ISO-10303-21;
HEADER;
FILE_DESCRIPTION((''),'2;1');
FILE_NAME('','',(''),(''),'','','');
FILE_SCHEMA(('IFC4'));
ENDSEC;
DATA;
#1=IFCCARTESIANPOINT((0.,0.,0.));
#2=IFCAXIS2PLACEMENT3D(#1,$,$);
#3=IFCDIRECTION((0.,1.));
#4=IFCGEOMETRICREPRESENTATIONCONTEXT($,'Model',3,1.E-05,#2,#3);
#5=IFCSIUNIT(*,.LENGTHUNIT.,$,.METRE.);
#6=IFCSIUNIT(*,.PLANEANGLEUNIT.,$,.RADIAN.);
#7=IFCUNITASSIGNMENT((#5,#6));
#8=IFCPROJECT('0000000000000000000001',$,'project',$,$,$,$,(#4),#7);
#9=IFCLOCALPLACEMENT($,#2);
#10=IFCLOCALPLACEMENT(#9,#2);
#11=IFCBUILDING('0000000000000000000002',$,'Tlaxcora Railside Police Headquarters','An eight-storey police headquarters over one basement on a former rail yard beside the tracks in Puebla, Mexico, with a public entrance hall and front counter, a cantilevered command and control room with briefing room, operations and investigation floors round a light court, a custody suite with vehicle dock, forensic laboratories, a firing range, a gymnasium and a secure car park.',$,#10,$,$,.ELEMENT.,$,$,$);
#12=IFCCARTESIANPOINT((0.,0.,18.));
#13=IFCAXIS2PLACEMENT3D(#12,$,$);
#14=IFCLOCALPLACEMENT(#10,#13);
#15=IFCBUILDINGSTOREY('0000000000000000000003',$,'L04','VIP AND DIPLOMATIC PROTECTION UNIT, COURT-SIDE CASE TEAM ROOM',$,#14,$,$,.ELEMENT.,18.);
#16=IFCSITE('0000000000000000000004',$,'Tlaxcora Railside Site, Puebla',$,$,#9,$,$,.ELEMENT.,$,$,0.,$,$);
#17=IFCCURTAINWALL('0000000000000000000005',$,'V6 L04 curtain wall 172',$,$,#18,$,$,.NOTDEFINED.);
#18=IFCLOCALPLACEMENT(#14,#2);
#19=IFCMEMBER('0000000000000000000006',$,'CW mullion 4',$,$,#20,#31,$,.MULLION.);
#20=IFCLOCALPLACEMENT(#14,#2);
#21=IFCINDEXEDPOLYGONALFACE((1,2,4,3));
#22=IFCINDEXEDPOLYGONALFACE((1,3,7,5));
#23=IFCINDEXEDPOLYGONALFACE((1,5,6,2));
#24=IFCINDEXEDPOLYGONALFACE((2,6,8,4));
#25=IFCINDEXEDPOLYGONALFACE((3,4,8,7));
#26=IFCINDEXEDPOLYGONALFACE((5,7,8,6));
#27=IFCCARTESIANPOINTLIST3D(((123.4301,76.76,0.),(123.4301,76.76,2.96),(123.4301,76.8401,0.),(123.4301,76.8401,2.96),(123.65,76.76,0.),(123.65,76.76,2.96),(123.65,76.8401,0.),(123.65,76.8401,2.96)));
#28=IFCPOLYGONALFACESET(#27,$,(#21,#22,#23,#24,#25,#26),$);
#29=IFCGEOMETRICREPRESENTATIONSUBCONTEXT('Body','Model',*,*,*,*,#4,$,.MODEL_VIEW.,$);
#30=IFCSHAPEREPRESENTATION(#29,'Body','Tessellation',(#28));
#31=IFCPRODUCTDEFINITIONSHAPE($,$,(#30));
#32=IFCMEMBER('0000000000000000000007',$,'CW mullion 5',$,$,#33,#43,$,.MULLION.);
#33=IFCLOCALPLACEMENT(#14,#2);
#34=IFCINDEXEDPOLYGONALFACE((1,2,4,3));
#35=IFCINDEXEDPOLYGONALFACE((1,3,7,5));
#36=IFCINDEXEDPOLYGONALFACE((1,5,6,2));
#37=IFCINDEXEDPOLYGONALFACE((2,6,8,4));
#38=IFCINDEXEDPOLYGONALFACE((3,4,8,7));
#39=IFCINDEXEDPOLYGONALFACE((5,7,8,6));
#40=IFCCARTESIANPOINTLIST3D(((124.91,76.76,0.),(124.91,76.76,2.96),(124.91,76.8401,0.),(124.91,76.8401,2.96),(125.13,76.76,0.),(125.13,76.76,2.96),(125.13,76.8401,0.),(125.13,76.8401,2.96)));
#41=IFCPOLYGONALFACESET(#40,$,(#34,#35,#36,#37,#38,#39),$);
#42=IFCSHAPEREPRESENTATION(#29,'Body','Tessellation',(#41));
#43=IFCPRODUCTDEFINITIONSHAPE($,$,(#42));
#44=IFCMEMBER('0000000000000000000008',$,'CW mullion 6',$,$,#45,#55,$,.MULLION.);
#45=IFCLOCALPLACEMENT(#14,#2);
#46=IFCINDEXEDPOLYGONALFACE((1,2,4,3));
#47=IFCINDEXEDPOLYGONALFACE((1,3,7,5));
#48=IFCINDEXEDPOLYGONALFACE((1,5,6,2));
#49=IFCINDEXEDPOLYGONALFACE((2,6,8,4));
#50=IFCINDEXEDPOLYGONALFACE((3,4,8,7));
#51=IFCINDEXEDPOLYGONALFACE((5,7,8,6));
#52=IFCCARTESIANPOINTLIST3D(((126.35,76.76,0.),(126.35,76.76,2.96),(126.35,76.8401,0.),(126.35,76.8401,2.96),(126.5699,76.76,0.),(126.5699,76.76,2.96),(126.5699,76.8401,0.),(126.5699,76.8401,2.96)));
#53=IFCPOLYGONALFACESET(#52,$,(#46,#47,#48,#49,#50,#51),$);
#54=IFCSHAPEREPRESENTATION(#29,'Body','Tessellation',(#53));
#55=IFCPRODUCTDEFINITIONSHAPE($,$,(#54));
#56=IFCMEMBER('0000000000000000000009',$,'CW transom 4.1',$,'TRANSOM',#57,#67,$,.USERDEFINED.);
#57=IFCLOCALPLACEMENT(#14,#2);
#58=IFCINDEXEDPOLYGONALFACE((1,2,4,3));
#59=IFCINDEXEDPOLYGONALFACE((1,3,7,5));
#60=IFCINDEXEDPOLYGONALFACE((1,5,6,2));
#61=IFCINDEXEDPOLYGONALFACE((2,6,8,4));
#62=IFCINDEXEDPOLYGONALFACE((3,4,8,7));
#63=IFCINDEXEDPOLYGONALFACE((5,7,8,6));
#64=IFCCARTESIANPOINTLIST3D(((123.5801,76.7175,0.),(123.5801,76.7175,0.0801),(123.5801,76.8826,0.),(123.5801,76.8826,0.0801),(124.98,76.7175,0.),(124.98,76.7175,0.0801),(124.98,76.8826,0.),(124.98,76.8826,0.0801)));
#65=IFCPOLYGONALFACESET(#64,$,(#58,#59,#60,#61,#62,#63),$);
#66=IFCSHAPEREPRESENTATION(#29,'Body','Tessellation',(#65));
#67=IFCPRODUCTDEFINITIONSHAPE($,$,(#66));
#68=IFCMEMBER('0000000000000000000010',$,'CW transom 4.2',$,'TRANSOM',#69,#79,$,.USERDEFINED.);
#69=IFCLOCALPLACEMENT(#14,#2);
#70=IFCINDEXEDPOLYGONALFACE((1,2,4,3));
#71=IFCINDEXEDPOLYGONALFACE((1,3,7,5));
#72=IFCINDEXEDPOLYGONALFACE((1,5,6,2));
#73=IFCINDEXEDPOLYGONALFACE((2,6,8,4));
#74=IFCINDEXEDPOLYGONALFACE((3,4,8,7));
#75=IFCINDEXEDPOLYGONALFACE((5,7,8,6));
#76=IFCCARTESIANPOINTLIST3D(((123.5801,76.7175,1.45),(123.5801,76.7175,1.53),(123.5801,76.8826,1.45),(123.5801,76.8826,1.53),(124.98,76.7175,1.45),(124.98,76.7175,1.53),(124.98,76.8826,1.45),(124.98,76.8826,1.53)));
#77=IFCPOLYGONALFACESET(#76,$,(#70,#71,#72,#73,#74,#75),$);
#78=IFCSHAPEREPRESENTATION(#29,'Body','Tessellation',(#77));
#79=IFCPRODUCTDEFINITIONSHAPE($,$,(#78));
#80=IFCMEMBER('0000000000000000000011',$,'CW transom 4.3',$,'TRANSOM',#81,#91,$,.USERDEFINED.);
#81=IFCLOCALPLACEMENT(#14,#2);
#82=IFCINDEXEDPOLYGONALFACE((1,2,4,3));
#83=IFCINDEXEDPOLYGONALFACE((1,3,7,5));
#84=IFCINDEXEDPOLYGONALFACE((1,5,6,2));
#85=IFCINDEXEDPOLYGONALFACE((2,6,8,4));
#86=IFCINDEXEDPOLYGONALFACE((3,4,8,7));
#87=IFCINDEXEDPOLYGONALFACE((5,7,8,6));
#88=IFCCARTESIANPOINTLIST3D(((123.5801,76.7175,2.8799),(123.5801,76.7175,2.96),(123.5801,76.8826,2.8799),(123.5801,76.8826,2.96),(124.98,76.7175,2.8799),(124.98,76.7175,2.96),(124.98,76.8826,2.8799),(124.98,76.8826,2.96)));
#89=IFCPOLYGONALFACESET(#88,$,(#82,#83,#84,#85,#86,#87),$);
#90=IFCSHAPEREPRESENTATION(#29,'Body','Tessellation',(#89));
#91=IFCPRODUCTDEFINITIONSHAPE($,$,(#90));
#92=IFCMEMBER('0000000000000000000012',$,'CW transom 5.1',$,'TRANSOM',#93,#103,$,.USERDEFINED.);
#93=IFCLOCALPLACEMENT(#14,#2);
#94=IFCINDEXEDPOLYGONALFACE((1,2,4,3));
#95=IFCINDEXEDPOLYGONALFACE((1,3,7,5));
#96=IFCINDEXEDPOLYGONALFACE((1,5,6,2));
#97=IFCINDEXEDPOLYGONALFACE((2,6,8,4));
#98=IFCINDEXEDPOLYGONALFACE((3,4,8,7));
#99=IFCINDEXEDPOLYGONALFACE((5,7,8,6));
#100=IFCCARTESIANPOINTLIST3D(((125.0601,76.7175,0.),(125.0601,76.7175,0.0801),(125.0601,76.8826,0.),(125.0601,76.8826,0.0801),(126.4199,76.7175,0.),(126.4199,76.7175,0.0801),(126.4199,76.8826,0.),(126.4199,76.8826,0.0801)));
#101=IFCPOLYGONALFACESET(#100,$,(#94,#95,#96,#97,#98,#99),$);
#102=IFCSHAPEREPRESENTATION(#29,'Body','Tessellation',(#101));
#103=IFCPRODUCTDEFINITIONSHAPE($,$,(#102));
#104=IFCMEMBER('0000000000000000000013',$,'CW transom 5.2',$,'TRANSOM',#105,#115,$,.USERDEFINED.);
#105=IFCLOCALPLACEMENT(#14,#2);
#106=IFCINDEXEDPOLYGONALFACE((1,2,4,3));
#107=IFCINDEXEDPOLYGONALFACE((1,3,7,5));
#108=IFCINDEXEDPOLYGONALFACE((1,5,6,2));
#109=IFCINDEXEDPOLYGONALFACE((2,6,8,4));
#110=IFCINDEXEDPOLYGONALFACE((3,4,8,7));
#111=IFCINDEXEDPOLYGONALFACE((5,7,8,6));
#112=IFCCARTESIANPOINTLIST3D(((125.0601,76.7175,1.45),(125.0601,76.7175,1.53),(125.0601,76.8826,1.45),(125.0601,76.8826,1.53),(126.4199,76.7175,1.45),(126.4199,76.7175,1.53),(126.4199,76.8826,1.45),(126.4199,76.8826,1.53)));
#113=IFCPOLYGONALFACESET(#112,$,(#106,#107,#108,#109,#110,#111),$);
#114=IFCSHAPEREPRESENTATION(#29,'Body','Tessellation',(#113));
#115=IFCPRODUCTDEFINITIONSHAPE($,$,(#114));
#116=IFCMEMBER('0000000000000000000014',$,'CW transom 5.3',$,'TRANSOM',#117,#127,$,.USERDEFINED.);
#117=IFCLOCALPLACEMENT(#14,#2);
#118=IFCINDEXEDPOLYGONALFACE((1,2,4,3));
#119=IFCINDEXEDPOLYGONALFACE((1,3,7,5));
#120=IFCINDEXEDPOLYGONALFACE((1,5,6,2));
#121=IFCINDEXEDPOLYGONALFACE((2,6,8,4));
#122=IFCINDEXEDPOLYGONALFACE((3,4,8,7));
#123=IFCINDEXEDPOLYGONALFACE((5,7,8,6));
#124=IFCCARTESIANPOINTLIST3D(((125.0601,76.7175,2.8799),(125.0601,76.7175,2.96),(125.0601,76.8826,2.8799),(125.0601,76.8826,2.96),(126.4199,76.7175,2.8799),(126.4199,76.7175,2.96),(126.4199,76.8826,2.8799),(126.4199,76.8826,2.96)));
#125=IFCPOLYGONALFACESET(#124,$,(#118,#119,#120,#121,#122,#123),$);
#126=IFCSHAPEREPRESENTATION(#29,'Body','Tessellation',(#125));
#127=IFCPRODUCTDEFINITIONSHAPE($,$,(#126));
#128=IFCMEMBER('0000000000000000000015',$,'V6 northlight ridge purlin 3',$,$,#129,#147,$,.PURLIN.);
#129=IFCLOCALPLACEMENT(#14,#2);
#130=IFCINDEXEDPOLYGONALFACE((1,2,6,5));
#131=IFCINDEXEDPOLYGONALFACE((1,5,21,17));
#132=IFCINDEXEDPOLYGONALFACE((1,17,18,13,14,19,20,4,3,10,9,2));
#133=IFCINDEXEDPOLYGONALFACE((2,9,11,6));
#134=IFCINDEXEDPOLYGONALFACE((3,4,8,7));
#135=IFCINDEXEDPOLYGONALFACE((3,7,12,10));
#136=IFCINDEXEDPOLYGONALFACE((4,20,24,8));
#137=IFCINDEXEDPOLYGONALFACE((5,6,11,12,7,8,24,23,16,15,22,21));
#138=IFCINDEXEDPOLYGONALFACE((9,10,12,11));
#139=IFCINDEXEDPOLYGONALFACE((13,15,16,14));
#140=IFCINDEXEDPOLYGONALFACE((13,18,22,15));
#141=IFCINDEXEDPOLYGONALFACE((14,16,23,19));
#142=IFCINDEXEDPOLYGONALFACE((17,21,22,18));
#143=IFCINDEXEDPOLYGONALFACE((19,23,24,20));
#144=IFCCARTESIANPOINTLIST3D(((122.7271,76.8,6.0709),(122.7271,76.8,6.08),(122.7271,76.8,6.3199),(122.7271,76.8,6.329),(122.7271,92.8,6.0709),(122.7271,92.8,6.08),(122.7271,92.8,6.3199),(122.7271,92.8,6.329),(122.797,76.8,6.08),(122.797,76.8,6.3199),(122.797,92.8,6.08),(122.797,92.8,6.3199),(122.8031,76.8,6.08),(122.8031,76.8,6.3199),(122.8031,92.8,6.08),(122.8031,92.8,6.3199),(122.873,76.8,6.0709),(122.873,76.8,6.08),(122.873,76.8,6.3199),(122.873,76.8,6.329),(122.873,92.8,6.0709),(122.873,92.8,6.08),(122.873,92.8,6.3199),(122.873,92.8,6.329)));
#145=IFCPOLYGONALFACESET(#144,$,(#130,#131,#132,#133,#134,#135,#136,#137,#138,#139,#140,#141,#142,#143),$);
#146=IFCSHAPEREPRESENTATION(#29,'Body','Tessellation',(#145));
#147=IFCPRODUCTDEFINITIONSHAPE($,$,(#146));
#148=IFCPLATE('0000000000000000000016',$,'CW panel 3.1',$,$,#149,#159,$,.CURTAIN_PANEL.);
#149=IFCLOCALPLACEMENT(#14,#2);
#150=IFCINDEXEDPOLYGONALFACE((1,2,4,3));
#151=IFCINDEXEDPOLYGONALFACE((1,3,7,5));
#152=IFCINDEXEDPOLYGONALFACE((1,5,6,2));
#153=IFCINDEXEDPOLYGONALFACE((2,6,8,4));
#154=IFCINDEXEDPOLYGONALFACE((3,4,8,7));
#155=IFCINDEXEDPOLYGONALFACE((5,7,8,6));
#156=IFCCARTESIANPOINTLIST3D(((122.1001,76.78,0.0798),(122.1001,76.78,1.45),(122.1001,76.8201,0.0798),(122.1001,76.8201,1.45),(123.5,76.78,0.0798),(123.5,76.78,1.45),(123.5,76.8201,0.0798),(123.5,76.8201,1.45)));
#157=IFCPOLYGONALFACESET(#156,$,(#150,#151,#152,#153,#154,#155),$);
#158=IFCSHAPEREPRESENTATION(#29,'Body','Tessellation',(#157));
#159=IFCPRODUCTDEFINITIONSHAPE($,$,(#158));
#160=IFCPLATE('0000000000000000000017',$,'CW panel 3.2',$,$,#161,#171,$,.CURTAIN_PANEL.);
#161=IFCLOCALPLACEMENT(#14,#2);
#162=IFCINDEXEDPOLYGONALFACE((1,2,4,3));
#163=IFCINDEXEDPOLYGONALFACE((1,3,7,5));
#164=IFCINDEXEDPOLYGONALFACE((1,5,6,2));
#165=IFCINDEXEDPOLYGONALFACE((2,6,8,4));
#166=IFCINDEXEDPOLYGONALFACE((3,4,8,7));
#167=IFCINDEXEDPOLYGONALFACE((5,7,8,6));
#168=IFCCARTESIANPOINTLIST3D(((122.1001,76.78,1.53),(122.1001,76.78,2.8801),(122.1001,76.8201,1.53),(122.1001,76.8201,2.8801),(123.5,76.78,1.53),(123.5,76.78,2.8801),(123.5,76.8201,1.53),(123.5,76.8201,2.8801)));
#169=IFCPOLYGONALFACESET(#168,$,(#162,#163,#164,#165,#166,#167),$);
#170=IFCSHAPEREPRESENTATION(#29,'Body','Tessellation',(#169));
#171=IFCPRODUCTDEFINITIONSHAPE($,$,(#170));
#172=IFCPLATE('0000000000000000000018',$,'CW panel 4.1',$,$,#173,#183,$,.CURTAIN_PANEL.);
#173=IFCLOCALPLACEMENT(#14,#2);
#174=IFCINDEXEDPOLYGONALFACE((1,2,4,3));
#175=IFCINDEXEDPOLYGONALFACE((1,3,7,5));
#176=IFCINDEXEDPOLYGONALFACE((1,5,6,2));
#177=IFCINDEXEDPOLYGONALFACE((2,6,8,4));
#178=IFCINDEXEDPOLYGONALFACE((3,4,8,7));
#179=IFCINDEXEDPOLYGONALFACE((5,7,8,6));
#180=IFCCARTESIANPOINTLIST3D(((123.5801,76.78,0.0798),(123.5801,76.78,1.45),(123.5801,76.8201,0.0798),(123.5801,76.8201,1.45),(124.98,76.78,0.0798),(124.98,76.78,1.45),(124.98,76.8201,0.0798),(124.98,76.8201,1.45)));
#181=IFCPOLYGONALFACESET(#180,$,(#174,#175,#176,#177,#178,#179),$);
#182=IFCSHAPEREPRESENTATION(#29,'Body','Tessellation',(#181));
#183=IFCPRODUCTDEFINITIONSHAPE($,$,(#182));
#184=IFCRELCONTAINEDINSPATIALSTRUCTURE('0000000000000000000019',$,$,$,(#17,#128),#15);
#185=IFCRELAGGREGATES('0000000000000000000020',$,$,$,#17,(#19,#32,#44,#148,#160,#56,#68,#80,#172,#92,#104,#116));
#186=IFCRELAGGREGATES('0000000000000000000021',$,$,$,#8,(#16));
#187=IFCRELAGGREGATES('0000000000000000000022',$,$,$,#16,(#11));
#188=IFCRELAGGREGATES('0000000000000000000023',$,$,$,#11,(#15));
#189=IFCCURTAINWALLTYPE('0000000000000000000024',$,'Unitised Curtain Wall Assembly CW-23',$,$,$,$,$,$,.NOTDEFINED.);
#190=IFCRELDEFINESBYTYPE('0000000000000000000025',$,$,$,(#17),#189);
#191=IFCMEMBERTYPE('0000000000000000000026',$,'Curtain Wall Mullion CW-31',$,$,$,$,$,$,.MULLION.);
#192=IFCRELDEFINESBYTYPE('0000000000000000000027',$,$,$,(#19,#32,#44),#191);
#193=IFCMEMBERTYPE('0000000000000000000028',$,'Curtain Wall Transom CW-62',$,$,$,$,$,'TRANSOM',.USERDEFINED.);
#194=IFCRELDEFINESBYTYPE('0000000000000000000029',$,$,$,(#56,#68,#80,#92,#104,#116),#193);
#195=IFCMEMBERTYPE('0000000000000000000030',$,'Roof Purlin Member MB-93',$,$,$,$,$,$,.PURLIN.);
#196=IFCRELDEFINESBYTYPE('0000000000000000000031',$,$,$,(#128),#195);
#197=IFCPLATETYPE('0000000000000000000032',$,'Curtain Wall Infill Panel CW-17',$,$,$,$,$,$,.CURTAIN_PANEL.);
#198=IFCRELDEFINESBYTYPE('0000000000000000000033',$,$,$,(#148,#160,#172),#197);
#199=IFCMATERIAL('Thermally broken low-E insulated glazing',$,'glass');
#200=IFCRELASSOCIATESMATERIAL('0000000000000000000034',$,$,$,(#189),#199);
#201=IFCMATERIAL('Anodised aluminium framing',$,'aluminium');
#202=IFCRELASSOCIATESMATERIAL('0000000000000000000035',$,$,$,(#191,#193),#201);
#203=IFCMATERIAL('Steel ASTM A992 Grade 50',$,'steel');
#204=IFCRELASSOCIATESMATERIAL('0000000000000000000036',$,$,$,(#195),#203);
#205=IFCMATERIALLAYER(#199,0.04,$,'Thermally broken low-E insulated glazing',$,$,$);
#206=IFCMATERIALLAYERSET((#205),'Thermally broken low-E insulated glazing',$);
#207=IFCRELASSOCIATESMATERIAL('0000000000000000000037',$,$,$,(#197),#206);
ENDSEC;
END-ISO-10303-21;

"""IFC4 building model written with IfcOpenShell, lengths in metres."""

from ifc_helpers import new_model, si_unit, direction, frame, origin, origin_2d, place, context, subcontext, project, spatial, rectangle, i_section, extrude, material, layer, layer_set, material_profile, profile_set, type_object, element, aggregate, save


model = new_model("IFC4")

# Units and contexts
model_context = context("Model", 3, precision=1e-05, world=origin(), true_north=direction((0.0, 1.0)))
body_context = subcontext(model_context, "Body", "Model", "MODEL_VIEW")
ifc_project = project(units=[si_unit("LENGTHUNIT", "METRE"), si_unit("PLANEANGLEUNIT", "RADIAN")], contexts=[model_context])

# Site, building, storey
site_placement = place(None, origin())
site = spatial("IfcSite", under=ifc_project, at=site_placement, Name="Tlaxcora Railside Site, Puebla", CompositionType="ELEMENT", RefElevation=0.0)
building_placement = place(site_placement, origin())
building = spatial("IfcBuilding", under=site, at=building_placement, Name="Tlaxcora Railside Police Headquarters", Description="An eight-storey police headquarters over one basement on a former rail yard beside the tracks in Puebla, Mexico, with a public entrance hall and front counter, a cantilevered command and control room with briefing room, operations and investigation floors round a light court, a custody suite with vehicle dock, forensic laboratories, a firing range, a gymnasium and a secure car park.", CompositionType="ELEMENT")
storey_placement = place(building_placement, frame((0.0, 0.0, 18.0)))
storey = spatial("IfcBuildingStorey", under=building, at=storey_placement, Name="L04", Description="VIP AND DIPLOMATIC PROTECTION UNIT, COURT-SIDE CASE TEAM ROOM", CompositionType="ELEMENT", Elevation=18.0)

# Curtain wall, members
ifc_material_1 = material(Name="Thermally broken low-E insulated glazing", Category="glass")
curtain_wall_type = type_object("IfcCurtainWallType", Name="Unitised Curtain Wall Assembly CW-23", PredefinedType="NOTDEFINED", material=ifc_material_1)
curtain_wall_placement = place(storey_placement, origin())
curtain_wall = element("IfcCurtainWall", 1, at=curtain_wall_placement, inside=storey, type_object=curtain_wall_type, Name="V6 L04 curtain wall 172", PredefinedType="NOTDEFINED")
ifc_material_2 = material(Name="Anodised aluminium framing", Category="aluminium")
ifc_material_profile_1 = material_profile(ifc_material_2, rectangle(XDim=0.0801, YDim=0.22, at=origin_2d()), Name="AL80X220")
ifc_profile_set_1 = profile_set([ifc_material_profile_1], Name="Anodised aluminium framing")
member_type_1 = type_object("IfcMemberType", Name="Curtain Wall Mullion CW-31", PredefinedType="MULLION", material=ifc_profile_set_1)
member_1_placement = place(storey_placement, frame((123.54, 76.8, 0.0), z_axis=(0.0, 0.0, 1.0), x_axis=(0.0, 1.0, 0.0)))
member_1 = element("IfcMember", 2, at=member_1_placement, type_object=member_type_1, Name="CW mullion 4", PredefinedType="MULLION", context=body_context, shape_type="SweptSolid", body=[
    extrude(rectangle(XDim=0.0801, YDim=0.22, at=origin_2d()), origin(), (0.0, 0.0, 1.0), 2.96),
])
member_2_placement = place(storey_placement, frame((125.02, 76.8, 0.0), z_axis=(0.0, 0.0, 1.0), x_axis=(0.0, 1.0, 0.0)))
member_2 = element("IfcMember", 3, at=member_2_placement, type_object=member_type_1, Name="CW mullion 5", PredefinedType="MULLION", context=body_context, shape_type="SweptSolid", body=[
    extrude(rectangle(XDim=0.0801, YDim=0.22, at=origin_2d()), origin(), (0.0, 0.0, 1.0), 2.96),
])
member_3_placement = place(storey_placement, frame((126.46, 76.8, 0.0), z_axis=(0.0, 0.0, 1.0), x_axis=(0.0, 1.0, 0.0)))
member_3 = element("IfcMember", 4, at=member_3_placement, type_object=member_type_1, Name="CW mullion 6", PredefinedType="MULLION", context=body_context, shape_type="SweptSolid", body=[
    extrude(rectangle(XDim=0.0801, YDim=0.22, at=origin_2d()), origin(), (0.0, 0.0, 1.0), 2.96),
])
ifc_material_profile_2 = material_profile(ifc_material_2, rectangle(XDim=0.165, YDim=0.0801, at=origin_2d()), Name="AL80X165")
ifc_profile_set_2 = profile_set([ifc_material_profile_2], Name="Anodised aluminium framing")
member_type_2 = type_object("IfcMemberType", Name="Curtain Wall Transom CW-62", ElementType="TRANSOM", PredefinedType="USERDEFINED", material=ifc_profile_set_2)
member_4_placement = place(storey_placement, frame((123.5801, 76.8, 0.04), z_axis=(1.0, 0.0, 0.0), x_axis=(0.0, 1.0, 0.0)))
member_4 = element("IfcMember", 5, at=member_4_placement, type_object=member_type_2, Name="CW transom 4.1", ObjectType="TRANSOM", PredefinedType="USERDEFINED", context=body_context, shape_type="SweptSolid", body=[
    extrude(rectangle(XDim=0.165, YDim=0.0801, at=origin_2d()), origin(), (0.0, 0.0, 1.0), 1.3999),
])
member_5_placement = place(storey_placement, frame((123.5801, 76.8, 1.49), z_axis=(1.0, 0.0, 0.0), x_axis=(0.0, 1.0, 0.0)))
member_5 = element("IfcMember", 6, at=member_5_placement, type_object=member_type_2, Name="CW transom 4.2", ObjectType="TRANSOM", PredefinedType="USERDEFINED", context=body_context, shape_type="SweptSolid", body=[
    extrude(rectangle(XDim=0.165, YDim=0.0801, at=origin_2d()), origin(), (0.0, 0.0, 1.0), 1.3999),
])
member_6_placement = place(storey_placement, frame((123.5801, 76.8, 2.9199), z_axis=(1.0, 0.0, 0.0), x_axis=(0.0, 1.0, 0.0)))
member_6 = element("IfcMember", 7, at=member_6_placement, type_object=member_type_2, Name="CW transom 4.3", ObjectType="TRANSOM", PredefinedType="USERDEFINED", context=body_context, shape_type="SweptSolid", body=[
    extrude(rectangle(XDim=0.165, YDim=0.0801, at=origin_2d()), origin(), (0.0, 0.0, 1.0), 1.3999),
])
member_7_placement = place(storey_placement, frame((125.0601, 76.8, 0.04), z_axis=(1.0, 0.0, 0.0), x_axis=(0.0, 1.0, 0.0)))
member_7 = element("IfcMember", 8, at=member_7_placement, type_object=member_type_2, Name="CW transom 5.1", ObjectType="TRANSOM", PredefinedType="USERDEFINED", context=body_context, shape_type="SweptSolid", body=[
    extrude(rectangle(XDim=0.165, YDim=0.0801, at=origin_2d()), origin(), (0.0, 0.0, 1.0), 1.3599),
])
member_8_placement = place(storey_placement, frame((125.0601, 76.8, 1.49), z_axis=(1.0, 0.0, 0.0), x_axis=(0.0, 1.0, 0.0)))
member_8 = element("IfcMember", 9, at=member_8_placement, type_object=member_type_2, Name="CW transom 5.2", ObjectType="TRANSOM", PredefinedType="USERDEFINED", context=body_context, shape_type="SweptSolid", body=[
    extrude(rectangle(XDim=0.165, YDim=0.0801, at=origin_2d()), origin(), (0.0, 0.0, 1.0), 1.3599),
])
member_9_placement = place(storey_placement, frame((125.0601, 76.8, 2.9199), z_axis=(1.0, 0.0, 0.0), x_axis=(0.0, 1.0, 0.0)))
member_9 = element("IfcMember", 10, at=member_9_placement, type_object=member_type_2, Name="CW transom 5.3", ObjectType="TRANSOM", PredefinedType="USERDEFINED", context=body_context, shape_type="SweptSolid", body=[
    extrude(rectangle(XDim=0.165, YDim=0.0801, at=origin_2d()), origin(), (0.0, 0.0, 1.0), 1.3599),
])

# Member
ifc_material_3 = material(Name="Steel ASTM A992 Grade 50", Category="steel")
ifc_material_profile_3 = material_profile(ifc_material_3, i_section(OverallWidth=0.146, OverallDepth=0.2581, WebThickness=0.0061, FlangeThickness=0.009, at=origin_2d()), Name="W10X22")
ifc_profile_set_3 = profile_set([ifc_material_profile_3], Name="Steel ASTM A992 Grade 50")
member_type_3 = type_object("IfcMemberType", Name="Roof Purlin Member MB-93", PredefinedType="PURLIN", material=ifc_profile_set_3)
member_10_placement = place(storey_placement, frame((122.8, 76.8, 6.2), z_axis=(0.0, 1.0, 0.0), x_axis=(-1.0, 0.0, 0.0)))
element("IfcMember", 11, at=member_10_placement, inside=storey, type_object=member_type_3, Name="V6 northlight ridge purlin 3", PredefinedType="PURLIN", context=body_context, shape_type="SweptSolid", body=[
    extrude(i_section(OverallWidth=0.146, OverallDepth=0.2581, WebThickness=0.0061, FlangeThickness=0.009, at=origin_2d()), origin(), (0.0, 0.0, 1.0), 16.0),
])

# Plates
ifc_layer_1 = layer(ifc_material_1, 0.04, Name="Thermally broken low-E insulated glazing")
ifc_layer_set_1 = layer_set([ifc_layer_1], Name="Thermally broken low-E insulated glazing")
plate_type = type_object("IfcPlateType", Name="Curtain Wall Infill Panel CW-17", PredefinedType="CURTAIN_PANEL", material=ifc_layer_set_1)
plate_1_placement = place(storey_placement, frame((122.8, 76.8, 0.0798), z_axis=(0.0, 0.0, 1.0), x_axis=(1.0, 0.0, 0.0)))
plate_1 = element("IfcPlate", 12, at=plate_1_placement, type_object=plate_type, Name="CW panel 3.1", PredefinedType="CURTAIN_PANEL", context=body_context, shape_type="SweptSolid", body=[
    extrude(rectangle(XDim=1.3999, YDim=0.04, at=origin_2d()), origin(), (0.0, 0.0, 1.0), 1.3701),
])
plate_2_placement = place(storey_placement, frame((122.8, 76.8, 1.53), z_axis=(0.0, 0.0, 1.0), x_axis=(1.0, 0.0, 0.0)))
plate_2 = element("IfcPlate", 13, at=plate_2_placement, type_object=plate_type, Name="CW panel 3.2", PredefinedType="CURTAIN_PANEL", context=body_context, shape_type="SweptSolid", body=[
    extrude(rectangle(XDim=1.3999, YDim=0.04, at=origin_2d()), origin(), (0.0, 0.0, 1.0), 1.3501),
])
plate_3_placement = place(storey_placement, frame((124.28, 76.8, 0.0798), z_axis=(0.0, 0.0, 1.0), x_axis=(1.0, 0.0, 0.0)))
plate_3 = element("IfcPlate", 14, at=plate_3_placement, type_object=plate_type, Name="CW panel 4.1", PredefinedType="CURTAIN_PANEL", context=body_context, shape_type="SweptSolid", body=[
    extrude(rectangle(XDim=1.3999, YDim=0.04, at=origin_2d()), origin(), (0.0, 0.0, 1.0), 1.3701),
])
aggregate(curtain_wall, [member_1, member_2, member_3, plate_1, plate_2, member_4, member_5, member_6, plate_3, member_7, member_8, member_9])

save(model, "model.ifc")
